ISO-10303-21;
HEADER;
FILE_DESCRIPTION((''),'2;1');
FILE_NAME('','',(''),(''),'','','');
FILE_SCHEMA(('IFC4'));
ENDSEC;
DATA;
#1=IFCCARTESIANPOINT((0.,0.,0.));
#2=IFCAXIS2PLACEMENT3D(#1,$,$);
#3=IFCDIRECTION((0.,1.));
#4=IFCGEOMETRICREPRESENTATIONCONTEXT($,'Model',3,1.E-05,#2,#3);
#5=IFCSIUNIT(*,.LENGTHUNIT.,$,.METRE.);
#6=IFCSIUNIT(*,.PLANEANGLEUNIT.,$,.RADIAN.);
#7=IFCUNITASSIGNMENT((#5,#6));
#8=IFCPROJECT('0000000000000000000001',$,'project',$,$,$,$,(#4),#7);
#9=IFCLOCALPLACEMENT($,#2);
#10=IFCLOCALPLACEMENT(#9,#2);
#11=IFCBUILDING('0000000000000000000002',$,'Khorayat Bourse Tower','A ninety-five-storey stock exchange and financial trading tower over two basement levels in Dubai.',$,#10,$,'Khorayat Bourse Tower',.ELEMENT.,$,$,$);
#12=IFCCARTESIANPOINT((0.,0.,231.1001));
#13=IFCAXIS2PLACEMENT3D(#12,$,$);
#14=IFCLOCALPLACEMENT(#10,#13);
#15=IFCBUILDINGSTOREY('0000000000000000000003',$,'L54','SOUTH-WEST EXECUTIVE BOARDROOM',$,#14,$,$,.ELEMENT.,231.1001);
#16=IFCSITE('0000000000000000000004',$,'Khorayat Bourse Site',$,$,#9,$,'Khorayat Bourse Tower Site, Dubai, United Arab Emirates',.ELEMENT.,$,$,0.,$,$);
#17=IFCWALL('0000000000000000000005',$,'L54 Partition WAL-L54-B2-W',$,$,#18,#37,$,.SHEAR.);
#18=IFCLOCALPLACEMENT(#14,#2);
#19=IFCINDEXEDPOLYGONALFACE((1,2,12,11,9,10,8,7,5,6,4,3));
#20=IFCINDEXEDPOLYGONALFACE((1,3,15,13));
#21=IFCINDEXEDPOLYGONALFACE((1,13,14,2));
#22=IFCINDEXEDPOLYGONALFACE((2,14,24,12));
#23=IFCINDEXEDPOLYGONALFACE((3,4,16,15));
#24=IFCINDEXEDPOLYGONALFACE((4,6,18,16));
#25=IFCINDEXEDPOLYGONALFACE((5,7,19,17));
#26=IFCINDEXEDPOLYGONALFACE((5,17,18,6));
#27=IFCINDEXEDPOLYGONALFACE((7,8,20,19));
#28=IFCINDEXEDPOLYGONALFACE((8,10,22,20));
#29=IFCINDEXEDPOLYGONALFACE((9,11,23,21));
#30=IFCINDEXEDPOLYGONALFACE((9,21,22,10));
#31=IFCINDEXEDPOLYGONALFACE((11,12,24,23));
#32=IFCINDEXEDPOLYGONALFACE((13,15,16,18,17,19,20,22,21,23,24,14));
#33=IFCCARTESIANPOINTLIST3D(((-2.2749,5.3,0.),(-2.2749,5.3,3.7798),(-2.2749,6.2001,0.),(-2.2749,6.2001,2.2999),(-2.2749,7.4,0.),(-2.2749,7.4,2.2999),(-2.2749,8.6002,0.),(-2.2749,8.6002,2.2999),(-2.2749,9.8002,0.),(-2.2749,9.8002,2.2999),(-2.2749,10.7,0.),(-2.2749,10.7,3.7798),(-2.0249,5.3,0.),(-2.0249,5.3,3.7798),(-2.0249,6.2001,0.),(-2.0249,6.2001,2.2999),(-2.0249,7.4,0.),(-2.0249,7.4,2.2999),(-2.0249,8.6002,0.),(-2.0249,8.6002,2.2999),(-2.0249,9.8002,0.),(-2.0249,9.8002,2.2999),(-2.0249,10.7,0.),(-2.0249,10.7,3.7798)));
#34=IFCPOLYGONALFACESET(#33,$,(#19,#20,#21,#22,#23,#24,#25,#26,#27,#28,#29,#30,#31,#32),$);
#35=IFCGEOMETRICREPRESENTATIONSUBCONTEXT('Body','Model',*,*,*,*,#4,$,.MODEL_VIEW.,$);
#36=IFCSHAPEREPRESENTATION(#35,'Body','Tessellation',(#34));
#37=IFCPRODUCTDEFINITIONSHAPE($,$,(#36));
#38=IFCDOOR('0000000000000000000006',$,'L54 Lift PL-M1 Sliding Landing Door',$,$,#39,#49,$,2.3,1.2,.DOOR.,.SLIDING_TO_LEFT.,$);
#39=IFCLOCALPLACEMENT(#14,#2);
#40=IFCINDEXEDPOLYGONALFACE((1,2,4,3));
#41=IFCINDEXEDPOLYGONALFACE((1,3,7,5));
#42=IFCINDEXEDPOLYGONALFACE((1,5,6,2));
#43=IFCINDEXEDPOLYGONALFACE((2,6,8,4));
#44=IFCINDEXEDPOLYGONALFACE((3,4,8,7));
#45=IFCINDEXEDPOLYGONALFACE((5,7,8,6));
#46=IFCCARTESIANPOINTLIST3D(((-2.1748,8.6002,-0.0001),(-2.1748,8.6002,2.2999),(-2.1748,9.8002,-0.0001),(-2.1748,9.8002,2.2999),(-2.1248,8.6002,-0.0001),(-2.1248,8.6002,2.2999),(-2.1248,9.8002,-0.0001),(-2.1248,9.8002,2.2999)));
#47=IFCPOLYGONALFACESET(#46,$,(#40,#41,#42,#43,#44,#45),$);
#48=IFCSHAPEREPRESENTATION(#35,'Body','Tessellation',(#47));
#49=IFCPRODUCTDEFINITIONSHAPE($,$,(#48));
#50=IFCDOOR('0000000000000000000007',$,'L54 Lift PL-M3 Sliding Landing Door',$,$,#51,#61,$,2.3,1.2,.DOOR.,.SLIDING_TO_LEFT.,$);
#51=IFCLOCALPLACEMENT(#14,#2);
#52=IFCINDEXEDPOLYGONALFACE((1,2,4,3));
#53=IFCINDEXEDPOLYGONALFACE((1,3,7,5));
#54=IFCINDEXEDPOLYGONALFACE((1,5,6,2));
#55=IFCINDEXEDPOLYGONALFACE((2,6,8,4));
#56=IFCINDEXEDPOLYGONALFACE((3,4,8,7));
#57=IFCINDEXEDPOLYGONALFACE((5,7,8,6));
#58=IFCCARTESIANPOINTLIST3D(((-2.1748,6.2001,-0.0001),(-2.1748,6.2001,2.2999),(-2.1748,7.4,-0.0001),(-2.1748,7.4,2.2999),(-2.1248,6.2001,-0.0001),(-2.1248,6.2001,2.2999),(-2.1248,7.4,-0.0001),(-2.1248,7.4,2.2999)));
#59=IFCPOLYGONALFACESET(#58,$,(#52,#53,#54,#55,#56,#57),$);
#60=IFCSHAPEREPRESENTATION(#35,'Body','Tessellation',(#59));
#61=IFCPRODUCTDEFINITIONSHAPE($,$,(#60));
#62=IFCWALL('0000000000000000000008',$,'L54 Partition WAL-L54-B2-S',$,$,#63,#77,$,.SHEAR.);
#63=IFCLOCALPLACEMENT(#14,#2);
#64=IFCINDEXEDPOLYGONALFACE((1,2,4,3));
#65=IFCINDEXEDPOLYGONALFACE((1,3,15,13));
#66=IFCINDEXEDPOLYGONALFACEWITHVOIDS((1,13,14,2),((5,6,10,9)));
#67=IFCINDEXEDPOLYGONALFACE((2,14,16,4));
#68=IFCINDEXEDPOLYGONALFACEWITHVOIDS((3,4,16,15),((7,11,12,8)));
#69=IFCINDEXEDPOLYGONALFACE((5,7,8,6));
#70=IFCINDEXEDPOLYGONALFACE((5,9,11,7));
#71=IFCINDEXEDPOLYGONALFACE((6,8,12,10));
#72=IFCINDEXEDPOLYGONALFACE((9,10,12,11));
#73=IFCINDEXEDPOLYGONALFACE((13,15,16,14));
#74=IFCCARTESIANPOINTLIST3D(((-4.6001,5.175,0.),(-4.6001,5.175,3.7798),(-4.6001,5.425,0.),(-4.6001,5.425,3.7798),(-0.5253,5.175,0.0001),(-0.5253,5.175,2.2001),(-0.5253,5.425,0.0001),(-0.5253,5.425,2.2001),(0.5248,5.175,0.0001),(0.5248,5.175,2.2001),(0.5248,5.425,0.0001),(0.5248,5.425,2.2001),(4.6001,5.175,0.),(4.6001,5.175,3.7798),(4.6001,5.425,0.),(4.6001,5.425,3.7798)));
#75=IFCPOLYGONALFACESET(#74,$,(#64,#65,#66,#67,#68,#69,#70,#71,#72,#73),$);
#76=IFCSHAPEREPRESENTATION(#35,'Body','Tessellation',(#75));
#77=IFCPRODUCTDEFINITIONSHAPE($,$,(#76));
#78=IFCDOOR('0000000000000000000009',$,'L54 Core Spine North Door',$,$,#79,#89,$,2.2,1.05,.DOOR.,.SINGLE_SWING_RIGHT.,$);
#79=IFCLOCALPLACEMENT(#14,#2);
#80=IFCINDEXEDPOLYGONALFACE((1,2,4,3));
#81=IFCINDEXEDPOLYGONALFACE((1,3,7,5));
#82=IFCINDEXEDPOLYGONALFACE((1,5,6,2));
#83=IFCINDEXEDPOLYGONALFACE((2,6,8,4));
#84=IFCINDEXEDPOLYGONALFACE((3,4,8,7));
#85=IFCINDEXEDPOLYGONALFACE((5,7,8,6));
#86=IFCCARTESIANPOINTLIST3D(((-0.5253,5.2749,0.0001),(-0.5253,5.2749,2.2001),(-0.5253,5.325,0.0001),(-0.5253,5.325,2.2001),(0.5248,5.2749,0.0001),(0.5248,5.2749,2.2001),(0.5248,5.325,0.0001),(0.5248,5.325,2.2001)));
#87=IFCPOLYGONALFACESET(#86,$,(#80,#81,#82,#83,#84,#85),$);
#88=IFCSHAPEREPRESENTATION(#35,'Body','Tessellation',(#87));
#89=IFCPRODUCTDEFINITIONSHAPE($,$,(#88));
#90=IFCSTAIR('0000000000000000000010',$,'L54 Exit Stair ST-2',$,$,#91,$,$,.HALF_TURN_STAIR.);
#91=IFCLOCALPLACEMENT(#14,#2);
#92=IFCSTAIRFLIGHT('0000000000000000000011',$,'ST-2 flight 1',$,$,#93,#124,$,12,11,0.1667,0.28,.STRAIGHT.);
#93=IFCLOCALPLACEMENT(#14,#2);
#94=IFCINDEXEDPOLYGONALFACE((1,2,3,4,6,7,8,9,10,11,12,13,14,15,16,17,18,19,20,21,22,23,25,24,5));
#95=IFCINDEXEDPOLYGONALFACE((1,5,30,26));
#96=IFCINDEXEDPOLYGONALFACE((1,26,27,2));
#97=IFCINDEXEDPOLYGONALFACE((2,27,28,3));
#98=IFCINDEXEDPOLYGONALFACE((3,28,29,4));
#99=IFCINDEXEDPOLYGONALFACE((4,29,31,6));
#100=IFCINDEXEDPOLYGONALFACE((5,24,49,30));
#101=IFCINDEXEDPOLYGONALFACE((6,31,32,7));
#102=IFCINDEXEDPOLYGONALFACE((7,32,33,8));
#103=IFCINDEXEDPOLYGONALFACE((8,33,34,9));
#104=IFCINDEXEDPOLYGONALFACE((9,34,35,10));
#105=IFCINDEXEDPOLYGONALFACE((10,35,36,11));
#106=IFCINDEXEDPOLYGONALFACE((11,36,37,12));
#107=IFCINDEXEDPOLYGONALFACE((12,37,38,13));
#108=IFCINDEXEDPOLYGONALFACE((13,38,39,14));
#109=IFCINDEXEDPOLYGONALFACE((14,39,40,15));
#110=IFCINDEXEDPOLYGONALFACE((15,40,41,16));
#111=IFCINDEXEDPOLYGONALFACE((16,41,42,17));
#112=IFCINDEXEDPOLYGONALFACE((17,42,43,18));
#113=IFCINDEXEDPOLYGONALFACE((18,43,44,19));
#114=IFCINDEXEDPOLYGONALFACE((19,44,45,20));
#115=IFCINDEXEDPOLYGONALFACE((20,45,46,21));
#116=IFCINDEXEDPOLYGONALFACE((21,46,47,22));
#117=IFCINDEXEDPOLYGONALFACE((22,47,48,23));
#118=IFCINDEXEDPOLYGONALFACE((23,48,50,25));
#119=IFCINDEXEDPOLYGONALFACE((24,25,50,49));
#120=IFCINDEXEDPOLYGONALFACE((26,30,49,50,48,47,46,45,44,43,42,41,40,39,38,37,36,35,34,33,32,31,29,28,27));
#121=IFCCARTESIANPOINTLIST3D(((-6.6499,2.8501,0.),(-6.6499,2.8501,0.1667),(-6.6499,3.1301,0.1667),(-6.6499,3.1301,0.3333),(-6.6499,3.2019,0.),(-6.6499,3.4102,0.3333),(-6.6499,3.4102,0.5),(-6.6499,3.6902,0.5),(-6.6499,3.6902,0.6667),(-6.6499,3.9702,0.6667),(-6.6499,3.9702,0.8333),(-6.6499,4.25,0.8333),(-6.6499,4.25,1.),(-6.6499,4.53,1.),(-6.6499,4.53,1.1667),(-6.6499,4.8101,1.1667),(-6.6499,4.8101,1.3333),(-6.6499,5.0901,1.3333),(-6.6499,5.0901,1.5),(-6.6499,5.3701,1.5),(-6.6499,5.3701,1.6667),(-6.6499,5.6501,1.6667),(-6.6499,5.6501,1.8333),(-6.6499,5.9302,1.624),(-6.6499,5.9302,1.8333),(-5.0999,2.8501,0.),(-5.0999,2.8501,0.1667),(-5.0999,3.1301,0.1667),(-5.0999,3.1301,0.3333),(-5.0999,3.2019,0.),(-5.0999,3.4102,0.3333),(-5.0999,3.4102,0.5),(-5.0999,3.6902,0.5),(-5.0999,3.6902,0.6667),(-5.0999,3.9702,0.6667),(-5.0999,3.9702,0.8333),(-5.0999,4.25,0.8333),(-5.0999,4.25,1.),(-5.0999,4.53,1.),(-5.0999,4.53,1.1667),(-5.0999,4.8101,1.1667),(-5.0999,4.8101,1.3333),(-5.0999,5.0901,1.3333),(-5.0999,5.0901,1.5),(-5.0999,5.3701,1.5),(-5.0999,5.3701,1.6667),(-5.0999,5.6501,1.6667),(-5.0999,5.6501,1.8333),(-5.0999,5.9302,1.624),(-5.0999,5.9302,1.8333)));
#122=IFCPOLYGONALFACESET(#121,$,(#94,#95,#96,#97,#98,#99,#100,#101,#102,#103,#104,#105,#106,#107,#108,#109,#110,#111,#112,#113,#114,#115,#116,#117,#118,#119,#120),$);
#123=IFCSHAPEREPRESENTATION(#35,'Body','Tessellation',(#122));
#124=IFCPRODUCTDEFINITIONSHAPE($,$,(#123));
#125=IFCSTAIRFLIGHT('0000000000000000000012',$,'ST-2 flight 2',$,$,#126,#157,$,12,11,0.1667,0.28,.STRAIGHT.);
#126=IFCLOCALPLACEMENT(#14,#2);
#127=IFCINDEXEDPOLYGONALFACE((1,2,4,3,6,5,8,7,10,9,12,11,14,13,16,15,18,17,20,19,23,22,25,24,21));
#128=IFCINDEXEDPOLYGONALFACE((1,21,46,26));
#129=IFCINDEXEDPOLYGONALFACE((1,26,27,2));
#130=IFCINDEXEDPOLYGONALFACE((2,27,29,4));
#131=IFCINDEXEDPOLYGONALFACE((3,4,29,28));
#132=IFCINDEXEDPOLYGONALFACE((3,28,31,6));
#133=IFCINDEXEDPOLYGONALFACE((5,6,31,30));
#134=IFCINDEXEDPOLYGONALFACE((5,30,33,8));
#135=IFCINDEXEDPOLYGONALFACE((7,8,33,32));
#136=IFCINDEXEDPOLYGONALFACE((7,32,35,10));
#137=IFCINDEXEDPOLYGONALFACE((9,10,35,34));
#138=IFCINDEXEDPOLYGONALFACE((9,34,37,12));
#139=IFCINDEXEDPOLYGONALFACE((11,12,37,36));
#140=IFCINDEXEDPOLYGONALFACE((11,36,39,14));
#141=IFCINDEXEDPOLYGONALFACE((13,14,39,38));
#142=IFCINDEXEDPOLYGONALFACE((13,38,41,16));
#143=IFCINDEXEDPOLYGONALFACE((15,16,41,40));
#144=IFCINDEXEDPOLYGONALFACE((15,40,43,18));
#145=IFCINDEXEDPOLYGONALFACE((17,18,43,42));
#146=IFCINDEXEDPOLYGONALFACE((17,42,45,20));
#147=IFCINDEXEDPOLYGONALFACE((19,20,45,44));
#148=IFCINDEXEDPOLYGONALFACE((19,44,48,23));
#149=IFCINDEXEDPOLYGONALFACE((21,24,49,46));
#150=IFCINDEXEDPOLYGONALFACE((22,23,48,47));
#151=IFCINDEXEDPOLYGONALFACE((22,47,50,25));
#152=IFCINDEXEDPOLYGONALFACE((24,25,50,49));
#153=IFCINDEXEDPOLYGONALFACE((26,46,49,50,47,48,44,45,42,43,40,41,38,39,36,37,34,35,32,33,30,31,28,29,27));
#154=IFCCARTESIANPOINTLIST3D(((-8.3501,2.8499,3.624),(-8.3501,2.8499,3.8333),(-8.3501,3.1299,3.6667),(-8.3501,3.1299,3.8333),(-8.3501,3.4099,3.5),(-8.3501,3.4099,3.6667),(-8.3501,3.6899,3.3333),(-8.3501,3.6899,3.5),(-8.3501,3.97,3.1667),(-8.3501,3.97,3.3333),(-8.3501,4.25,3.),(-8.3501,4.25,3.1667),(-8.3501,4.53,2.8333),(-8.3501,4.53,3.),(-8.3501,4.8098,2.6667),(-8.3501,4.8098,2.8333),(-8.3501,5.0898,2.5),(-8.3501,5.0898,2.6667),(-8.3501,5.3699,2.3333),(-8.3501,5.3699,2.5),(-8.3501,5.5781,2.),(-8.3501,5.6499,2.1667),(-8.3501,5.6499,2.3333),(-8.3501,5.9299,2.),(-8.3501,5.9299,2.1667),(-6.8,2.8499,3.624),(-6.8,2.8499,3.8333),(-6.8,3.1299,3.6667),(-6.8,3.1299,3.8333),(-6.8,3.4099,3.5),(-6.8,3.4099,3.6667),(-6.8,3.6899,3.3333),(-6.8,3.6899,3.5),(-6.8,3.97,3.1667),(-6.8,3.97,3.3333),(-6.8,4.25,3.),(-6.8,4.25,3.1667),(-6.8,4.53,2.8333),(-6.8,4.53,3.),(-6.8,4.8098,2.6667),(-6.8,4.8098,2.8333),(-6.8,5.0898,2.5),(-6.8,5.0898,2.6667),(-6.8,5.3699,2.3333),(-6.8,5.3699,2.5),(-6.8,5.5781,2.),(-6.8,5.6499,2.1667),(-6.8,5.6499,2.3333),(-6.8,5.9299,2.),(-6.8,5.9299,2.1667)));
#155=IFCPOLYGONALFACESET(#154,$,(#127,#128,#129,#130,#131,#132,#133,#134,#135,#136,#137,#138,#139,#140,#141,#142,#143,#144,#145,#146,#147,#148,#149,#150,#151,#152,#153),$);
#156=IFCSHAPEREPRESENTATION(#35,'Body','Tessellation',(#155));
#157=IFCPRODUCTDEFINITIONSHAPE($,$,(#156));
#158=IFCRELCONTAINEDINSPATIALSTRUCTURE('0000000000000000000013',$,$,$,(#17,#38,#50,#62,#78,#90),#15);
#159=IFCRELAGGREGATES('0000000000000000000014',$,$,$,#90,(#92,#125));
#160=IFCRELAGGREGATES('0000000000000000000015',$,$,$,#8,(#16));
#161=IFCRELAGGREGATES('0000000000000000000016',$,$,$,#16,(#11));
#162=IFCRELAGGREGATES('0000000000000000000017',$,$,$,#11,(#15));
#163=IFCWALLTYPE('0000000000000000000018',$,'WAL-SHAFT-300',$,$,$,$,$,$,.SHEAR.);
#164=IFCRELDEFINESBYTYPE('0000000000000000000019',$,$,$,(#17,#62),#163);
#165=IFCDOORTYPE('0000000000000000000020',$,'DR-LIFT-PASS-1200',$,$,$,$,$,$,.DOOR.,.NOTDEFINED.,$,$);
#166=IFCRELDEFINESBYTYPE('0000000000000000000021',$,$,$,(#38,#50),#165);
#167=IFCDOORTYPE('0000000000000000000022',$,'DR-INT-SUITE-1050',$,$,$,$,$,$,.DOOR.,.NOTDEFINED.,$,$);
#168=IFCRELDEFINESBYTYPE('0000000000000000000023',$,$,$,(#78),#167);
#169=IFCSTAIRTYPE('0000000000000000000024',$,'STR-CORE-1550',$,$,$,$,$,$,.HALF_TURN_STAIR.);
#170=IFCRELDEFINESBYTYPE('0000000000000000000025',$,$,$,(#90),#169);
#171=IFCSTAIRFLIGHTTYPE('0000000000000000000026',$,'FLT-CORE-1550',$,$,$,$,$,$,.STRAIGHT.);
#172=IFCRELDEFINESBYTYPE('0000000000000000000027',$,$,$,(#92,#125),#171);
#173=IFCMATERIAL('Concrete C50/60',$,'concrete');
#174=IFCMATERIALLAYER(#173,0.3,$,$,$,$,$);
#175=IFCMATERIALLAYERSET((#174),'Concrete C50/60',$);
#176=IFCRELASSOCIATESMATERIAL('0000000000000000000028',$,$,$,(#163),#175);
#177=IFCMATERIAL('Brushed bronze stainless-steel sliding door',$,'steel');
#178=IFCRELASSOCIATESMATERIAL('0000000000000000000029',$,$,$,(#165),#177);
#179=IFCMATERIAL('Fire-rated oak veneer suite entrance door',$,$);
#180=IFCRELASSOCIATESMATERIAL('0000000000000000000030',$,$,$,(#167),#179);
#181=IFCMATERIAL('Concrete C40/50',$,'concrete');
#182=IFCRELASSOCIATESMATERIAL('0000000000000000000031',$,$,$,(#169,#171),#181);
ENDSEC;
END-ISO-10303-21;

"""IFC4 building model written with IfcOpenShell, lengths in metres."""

from ifc_helpers import new_model, si_unit, direction, frame, frame_2d, origin, place, context, subcontext, project, spatial, polyline, rectangle, outline, extrude, source, transform, mapped, material, layer, layer_set, type_object, element, fill, aggregate, save


model = new_model("IFC4")

# Units and contexts
model_context = context("Model", 3, precision=1e-05, world=origin(), true_north=direction((0.0, 1.0)))
body_context = subcontext(model_context, "Body", "Model", "MODEL_VIEW")
ifc_project = project(units=[si_unit("LENGTHUNIT", "METRE"), si_unit("PLANEANGLEUNIT", "RADIAN")], contexts=[model_context])

# Site, building, storey
site_placement = place(None, origin())
site = spatial("IfcSite", under=ifc_project, at=site_placement, Name="Khorayat Bourse Site", LongName="Khorayat Bourse Tower Site, Dubai, United Arab Emirates", CompositionType="ELEMENT", RefElevation=0.0)
building_placement = place(site_placement, origin())
building = spatial("IfcBuilding", under=site, at=building_placement, Name="Khorayat Bourse Tower", Description="A ninety-five-storey stock exchange and financial trading tower over two basement levels in Dubai.", LongName="Khorayat Bourse Tower", CompositionType="ELEMENT")
storey_placement = place(building_placement, frame((0.0, 0.0, 231.1001)))
storey = spatial("IfcBuildingStorey", under=building, at=storey_placement, Name="L54", Description="SOUTH-WEST EXECUTIVE BOARDROOM", CompositionType="ELEMENT", Elevation=231.1001)

# Shared definitions
ifc_material_1 = material(Name="Concrete C40/50", Category="concrete")

# Shared definitions
ifc_material_2 = material(Name="Concrete C50/60", Category="concrete")
ifc_layer_1 = layer(ifc_material_2, 0.3)
ifc_layer_set_1 = layer_set([ifc_layer_1], Name="Concrete C50/60")
wall_type_1 = type_object("IfcWallType", Name="WAL-SHAFT-300", PredefinedType="SHEAR", material=ifc_layer_set_1)

# Wall, openings, doors
shared_shape_1 = source(origin(), body_context, "Body", "SweptSolid", [
    extrude(rectangle(XDim=5.3999, YDim=0.25, at=frame_2d((2.7, 0.0))), origin(), (0.0, 0.0, 1.0), 3.7798),
])
wall_1_placement = place(storey_placement, frame((-2.1499, 5.3, 0.0), z_axis=(0.0, 0.0, 1.0), x_axis=(0.0, 1.0, 0.0)))
wall_1 = element("IfcWall", 1, at=wall_1_placement, inside=storey, type_object=wall_type_1, Name="L54 Partition WAL-L54-B2-W", PredefinedType="SHEAR", context=body_context, shape_type="MappedRepresentation", body=[
    mapped(shared_shape_1, transform((0.0, 0.0, 0.0), scale=1.0)),
])
shared_shape_2 = source(origin(), body_context, "Body", "SweptSolid", [
    extrude(rectangle(XDim=1.2, YDim=2.3, at=frame_2d((0.6001, 1.1499))), frame((0.0, 0.135, 0.0), z_axis=(0.0, -1.0, 0.0), x_axis=(1.0, 0.0, 0.0)), (0.0, 0.0, 1.0), 0.27),
])
opening_1_placement = place(wall_1_placement, frame((3.3, 0.0, 0.0)))
opening_1 = element("IfcOpeningElement", 2, at=opening_1_placement, cuts=wall_1, PredefinedType="OPENING", context=body_context, shape_type="MappedRepresentation", body=[
    mapped(shared_shape_2, transform((0.0, 0.0, 0.0), scale=1.0)),
])
opening_2_placement = place(wall_1_placement, frame((0.8999, 0.0, 0.0)))
opening_2 = element("IfcOpeningElement", 3, at=opening_2_placement, cuts=wall_1, PredefinedType="OPENING", context=body_context, shape_type="MappedRepresentation", body=[
    mapped(shared_shape_2, transform((0.0, 0.0, 0.0), scale=1.0)),
])
ifc_material_3 = material(Name="Brushed bronze stainless-steel sliding door", Category="steel")
door_type_1 = type_object("IfcDoorType", Name="DR-LIFT-PASS-1200", OperationType="NOTDEFINED", PredefinedType="DOOR", material=ifc_material_3)
shared_shape_3 = source(origin(), body_context, "Body", "SweptSolid", [
    extrude(rectangle(XDim=1.2, YDim=2.3, at=frame_2d((0.6001, 1.1499))), frame((0.0, 0.0249, 0.0), z_axis=(0.0, -1.0, 0.0), x_axis=(1.0, 0.0, 0.0)), (0.0, 0.0, 1.0), 0.05),
])
door_1_placement = place(opening_1_placement, origin())
door_1 = element("IfcDoor", 4, at=door_1_placement, inside=storey, type_object=door_type_1, Name="L54 Lift PL-M1 Sliding Landing Door", OperationType="SLIDING_TO_LEFT", OverallHeight=2.3, OverallWidth=1.2, PredefinedType="DOOR", context=body_context, shape_type="MappedRepresentation", body=[
    mapped(shared_shape_3, transform((0.0, 0.0, 0.0), scale=1.0)),
])
fill(opening_1, door_1)
door_2_placement = place(opening_2_placement, origin())
door_2 = element("IfcDoor", 5, at=door_2_placement, inside=storey, type_object=door_type_1, Name="L54 Lift PL-M3 Sliding Landing Door", OperationType="SLIDING_TO_LEFT", OverallHeight=2.3, OverallWidth=1.2, PredefinedType="DOOR", context=body_context, shape_type="MappedRepresentation", body=[
    mapped(shared_shape_3, transform((0.0, 0.0, 0.0), scale=1.0)),
])
fill(opening_2, door_2)

# Wall, opening, door
shared_shape_4 = source(origin(), body_context, "Body", "SweptSolid", [
    extrude(rectangle(XDim=9.2002, YDim=0.25, at=frame_2d((4.6001, 0.0))), origin(), (0.0, 0.0, 1.0), 3.7798),
])
wall_2_placement = place(storey_placement, frame((-4.6001, 5.3, 0.0), z_axis=(0.0, 0.0, 1.0), x_axis=(1.0, 0.0, 0.0)))
wall_2 = element("IfcWall", 6, at=wall_2_placement, inside=storey, type_object=wall_type_1, Name="L54 Partition WAL-L54-B2-S", PredefinedType="SHEAR", context=body_context, shape_type="MappedRepresentation", body=[
    mapped(shared_shape_4, transform((0.0, 0.0, 0.0), scale=1.0)),
])
shared_shape_5 = source(origin(), body_context, "Body", "SweptSolid", [
    extrude(rectangle(XDim=1.05, YDim=2.2, at=frame_2d((0.5249, 1.1001))), frame((0.0, 0.135, 0.0), z_axis=(0.0, -1.0, 0.0), x_axis=(1.0, 0.0, 0.0)), (0.0, 0.0, 1.0), 0.27),
])
opening_3_placement = place(wall_2_placement, frame((4.075, 0.0, 0.0)))
opening_3 = element("IfcOpeningElement", 7, at=opening_3_placement, cuts=wall_2, PredefinedType="OPENING", context=body_context, shape_type="MappedRepresentation", body=[
    mapped(shared_shape_5, transform((0.0, 0.0, 0.0), scale=1.0)),
])
ifc_material_4 = material(Name="Fire-rated oak veneer suite entrance door")
door_type_2 = type_object("IfcDoorType", Name="DR-INT-SUITE-1050", OperationType="NOTDEFINED", PredefinedType="DOOR", material=ifc_material_4)
shared_shape_6 = source(origin(), body_context, "Body", "SweptSolid", [
    extrude(rectangle(XDim=1.05, YDim=2.2, at=frame_2d((0.5249, 1.1001))), frame((0.0, 0.0249, 0.0), z_axis=(0.0, -1.0, 0.0), x_axis=(1.0, 0.0, 0.0)), (0.0, 0.0, 1.0), 0.05),
])
door_3_placement = place(opening_3_placement, origin())
door_3 = element("IfcDoor", 8, at=door_3_placement, inside=storey, type_object=door_type_2, Name="L54 Core Spine North Door", OperationType="SINGLE_SWING_RIGHT", OverallHeight=2.2, OverallWidth=1.05, PredefinedType="DOOR", context=body_context, shape_type="MappedRepresentation", body=[
    mapped(shared_shape_6, transform((0.0, 0.0, 0.0), scale=1.0)),
])
fill(opening_3, door_3)

# Stair, stair flights
stair_type = type_object("IfcStairType", Name="STR-CORE-1550", PredefinedType="HALF_TURN_STAIR", material=ifc_material_1)
stair_placement = place(storey_placement, origin())
stair = element("IfcStair", 9, at=stair_placement, inside=storey, type_object=stair_type, Name="L54 Exit Stair ST-2", PredefinedType="HALF_TURN_STAIR")
stair_flight_type = type_object("IfcStairFlightType", Name="FLT-CORE-1550", PredefinedType="STRAIGHT", material=ifc_material_1)
shared_shape_7 = source(origin(), body_context, "Body", "SweptSolid", [
    extrude(outline(polyline([(0.0, 0.0), (0.0, 0.1667), (0.28, 0.1667), (0.28, 0.3333), (0.5601, 0.3333), (0.5601, 0.5), (0.8401, 0.5), (0.8401, 0.6667), (1.1201, 0.6667), (1.1201, 0.8333), (1.3999, 0.8333), (1.3999, 1.0), (1.6799, 1.0), (1.6799, 1.1667), (1.96, 1.1667), (1.96, 1.3333), (2.24, 1.3333), (2.24, 1.5), (2.52, 1.5), (2.52, 1.6667), (2.8, 1.6667), (2.8, 1.8333), (3.0801, 1.8333), (3.0801, 2.0), (3.0801, 1.624), (0.3518, 0.0), (0.0, 0.0)])), frame((0.0, 0.7749, 0.0), z_axis=(0.0, -1.0, 0.0), x_axis=(1.0, 0.0, 0.0)), (0.0, 0.0, 1.0), 1.55),
])
stair_flight_1_placement = place(storey_placement, frame((-5.875, 2.8501, 0.0), z_axis=(0.0, 0.0, 1.0), x_axis=(0.0, 1.0, 0.0)))
stair_flight_1 = element("IfcStairFlight", 10, at=stair_flight_1_placement, type_object=stair_flight_type, Name="ST-2 flight 1", NumberOfRisers=12, NumberOfTreads=11, PredefinedType="STRAIGHT", RiserHeight=0.1667, TreadLength=0.28, context=body_context, shape_type="MappedRepresentation", body=[
    mapped(shared_shape_7, transform((0.0, 0.0, 0.0), scale=1.0)),
])
stair_flight_2_placement = place(storey_placement, frame((-7.575, 5.9299, 2.0), z_axis=(0.0, 0.0, 1.0), x_axis=(0.0, -1.0, 0.0)))
stair_flight_2 = element("IfcStairFlight", 11, at=stair_flight_2_placement, type_object=stair_flight_type, Name="ST-2 flight 2", NumberOfRisers=12, NumberOfTreads=11, PredefinedType="STRAIGHT", RiserHeight=0.1667, TreadLength=0.28, context=body_context, shape_type="MappedRepresentation", body=[
    mapped(shared_shape_7, transform((0.0, 0.0, 0.0), scale=1.0)),
])
aggregate(stair, [stair_flight_1, stair_flight_2])

save(model, "model.ifc")
